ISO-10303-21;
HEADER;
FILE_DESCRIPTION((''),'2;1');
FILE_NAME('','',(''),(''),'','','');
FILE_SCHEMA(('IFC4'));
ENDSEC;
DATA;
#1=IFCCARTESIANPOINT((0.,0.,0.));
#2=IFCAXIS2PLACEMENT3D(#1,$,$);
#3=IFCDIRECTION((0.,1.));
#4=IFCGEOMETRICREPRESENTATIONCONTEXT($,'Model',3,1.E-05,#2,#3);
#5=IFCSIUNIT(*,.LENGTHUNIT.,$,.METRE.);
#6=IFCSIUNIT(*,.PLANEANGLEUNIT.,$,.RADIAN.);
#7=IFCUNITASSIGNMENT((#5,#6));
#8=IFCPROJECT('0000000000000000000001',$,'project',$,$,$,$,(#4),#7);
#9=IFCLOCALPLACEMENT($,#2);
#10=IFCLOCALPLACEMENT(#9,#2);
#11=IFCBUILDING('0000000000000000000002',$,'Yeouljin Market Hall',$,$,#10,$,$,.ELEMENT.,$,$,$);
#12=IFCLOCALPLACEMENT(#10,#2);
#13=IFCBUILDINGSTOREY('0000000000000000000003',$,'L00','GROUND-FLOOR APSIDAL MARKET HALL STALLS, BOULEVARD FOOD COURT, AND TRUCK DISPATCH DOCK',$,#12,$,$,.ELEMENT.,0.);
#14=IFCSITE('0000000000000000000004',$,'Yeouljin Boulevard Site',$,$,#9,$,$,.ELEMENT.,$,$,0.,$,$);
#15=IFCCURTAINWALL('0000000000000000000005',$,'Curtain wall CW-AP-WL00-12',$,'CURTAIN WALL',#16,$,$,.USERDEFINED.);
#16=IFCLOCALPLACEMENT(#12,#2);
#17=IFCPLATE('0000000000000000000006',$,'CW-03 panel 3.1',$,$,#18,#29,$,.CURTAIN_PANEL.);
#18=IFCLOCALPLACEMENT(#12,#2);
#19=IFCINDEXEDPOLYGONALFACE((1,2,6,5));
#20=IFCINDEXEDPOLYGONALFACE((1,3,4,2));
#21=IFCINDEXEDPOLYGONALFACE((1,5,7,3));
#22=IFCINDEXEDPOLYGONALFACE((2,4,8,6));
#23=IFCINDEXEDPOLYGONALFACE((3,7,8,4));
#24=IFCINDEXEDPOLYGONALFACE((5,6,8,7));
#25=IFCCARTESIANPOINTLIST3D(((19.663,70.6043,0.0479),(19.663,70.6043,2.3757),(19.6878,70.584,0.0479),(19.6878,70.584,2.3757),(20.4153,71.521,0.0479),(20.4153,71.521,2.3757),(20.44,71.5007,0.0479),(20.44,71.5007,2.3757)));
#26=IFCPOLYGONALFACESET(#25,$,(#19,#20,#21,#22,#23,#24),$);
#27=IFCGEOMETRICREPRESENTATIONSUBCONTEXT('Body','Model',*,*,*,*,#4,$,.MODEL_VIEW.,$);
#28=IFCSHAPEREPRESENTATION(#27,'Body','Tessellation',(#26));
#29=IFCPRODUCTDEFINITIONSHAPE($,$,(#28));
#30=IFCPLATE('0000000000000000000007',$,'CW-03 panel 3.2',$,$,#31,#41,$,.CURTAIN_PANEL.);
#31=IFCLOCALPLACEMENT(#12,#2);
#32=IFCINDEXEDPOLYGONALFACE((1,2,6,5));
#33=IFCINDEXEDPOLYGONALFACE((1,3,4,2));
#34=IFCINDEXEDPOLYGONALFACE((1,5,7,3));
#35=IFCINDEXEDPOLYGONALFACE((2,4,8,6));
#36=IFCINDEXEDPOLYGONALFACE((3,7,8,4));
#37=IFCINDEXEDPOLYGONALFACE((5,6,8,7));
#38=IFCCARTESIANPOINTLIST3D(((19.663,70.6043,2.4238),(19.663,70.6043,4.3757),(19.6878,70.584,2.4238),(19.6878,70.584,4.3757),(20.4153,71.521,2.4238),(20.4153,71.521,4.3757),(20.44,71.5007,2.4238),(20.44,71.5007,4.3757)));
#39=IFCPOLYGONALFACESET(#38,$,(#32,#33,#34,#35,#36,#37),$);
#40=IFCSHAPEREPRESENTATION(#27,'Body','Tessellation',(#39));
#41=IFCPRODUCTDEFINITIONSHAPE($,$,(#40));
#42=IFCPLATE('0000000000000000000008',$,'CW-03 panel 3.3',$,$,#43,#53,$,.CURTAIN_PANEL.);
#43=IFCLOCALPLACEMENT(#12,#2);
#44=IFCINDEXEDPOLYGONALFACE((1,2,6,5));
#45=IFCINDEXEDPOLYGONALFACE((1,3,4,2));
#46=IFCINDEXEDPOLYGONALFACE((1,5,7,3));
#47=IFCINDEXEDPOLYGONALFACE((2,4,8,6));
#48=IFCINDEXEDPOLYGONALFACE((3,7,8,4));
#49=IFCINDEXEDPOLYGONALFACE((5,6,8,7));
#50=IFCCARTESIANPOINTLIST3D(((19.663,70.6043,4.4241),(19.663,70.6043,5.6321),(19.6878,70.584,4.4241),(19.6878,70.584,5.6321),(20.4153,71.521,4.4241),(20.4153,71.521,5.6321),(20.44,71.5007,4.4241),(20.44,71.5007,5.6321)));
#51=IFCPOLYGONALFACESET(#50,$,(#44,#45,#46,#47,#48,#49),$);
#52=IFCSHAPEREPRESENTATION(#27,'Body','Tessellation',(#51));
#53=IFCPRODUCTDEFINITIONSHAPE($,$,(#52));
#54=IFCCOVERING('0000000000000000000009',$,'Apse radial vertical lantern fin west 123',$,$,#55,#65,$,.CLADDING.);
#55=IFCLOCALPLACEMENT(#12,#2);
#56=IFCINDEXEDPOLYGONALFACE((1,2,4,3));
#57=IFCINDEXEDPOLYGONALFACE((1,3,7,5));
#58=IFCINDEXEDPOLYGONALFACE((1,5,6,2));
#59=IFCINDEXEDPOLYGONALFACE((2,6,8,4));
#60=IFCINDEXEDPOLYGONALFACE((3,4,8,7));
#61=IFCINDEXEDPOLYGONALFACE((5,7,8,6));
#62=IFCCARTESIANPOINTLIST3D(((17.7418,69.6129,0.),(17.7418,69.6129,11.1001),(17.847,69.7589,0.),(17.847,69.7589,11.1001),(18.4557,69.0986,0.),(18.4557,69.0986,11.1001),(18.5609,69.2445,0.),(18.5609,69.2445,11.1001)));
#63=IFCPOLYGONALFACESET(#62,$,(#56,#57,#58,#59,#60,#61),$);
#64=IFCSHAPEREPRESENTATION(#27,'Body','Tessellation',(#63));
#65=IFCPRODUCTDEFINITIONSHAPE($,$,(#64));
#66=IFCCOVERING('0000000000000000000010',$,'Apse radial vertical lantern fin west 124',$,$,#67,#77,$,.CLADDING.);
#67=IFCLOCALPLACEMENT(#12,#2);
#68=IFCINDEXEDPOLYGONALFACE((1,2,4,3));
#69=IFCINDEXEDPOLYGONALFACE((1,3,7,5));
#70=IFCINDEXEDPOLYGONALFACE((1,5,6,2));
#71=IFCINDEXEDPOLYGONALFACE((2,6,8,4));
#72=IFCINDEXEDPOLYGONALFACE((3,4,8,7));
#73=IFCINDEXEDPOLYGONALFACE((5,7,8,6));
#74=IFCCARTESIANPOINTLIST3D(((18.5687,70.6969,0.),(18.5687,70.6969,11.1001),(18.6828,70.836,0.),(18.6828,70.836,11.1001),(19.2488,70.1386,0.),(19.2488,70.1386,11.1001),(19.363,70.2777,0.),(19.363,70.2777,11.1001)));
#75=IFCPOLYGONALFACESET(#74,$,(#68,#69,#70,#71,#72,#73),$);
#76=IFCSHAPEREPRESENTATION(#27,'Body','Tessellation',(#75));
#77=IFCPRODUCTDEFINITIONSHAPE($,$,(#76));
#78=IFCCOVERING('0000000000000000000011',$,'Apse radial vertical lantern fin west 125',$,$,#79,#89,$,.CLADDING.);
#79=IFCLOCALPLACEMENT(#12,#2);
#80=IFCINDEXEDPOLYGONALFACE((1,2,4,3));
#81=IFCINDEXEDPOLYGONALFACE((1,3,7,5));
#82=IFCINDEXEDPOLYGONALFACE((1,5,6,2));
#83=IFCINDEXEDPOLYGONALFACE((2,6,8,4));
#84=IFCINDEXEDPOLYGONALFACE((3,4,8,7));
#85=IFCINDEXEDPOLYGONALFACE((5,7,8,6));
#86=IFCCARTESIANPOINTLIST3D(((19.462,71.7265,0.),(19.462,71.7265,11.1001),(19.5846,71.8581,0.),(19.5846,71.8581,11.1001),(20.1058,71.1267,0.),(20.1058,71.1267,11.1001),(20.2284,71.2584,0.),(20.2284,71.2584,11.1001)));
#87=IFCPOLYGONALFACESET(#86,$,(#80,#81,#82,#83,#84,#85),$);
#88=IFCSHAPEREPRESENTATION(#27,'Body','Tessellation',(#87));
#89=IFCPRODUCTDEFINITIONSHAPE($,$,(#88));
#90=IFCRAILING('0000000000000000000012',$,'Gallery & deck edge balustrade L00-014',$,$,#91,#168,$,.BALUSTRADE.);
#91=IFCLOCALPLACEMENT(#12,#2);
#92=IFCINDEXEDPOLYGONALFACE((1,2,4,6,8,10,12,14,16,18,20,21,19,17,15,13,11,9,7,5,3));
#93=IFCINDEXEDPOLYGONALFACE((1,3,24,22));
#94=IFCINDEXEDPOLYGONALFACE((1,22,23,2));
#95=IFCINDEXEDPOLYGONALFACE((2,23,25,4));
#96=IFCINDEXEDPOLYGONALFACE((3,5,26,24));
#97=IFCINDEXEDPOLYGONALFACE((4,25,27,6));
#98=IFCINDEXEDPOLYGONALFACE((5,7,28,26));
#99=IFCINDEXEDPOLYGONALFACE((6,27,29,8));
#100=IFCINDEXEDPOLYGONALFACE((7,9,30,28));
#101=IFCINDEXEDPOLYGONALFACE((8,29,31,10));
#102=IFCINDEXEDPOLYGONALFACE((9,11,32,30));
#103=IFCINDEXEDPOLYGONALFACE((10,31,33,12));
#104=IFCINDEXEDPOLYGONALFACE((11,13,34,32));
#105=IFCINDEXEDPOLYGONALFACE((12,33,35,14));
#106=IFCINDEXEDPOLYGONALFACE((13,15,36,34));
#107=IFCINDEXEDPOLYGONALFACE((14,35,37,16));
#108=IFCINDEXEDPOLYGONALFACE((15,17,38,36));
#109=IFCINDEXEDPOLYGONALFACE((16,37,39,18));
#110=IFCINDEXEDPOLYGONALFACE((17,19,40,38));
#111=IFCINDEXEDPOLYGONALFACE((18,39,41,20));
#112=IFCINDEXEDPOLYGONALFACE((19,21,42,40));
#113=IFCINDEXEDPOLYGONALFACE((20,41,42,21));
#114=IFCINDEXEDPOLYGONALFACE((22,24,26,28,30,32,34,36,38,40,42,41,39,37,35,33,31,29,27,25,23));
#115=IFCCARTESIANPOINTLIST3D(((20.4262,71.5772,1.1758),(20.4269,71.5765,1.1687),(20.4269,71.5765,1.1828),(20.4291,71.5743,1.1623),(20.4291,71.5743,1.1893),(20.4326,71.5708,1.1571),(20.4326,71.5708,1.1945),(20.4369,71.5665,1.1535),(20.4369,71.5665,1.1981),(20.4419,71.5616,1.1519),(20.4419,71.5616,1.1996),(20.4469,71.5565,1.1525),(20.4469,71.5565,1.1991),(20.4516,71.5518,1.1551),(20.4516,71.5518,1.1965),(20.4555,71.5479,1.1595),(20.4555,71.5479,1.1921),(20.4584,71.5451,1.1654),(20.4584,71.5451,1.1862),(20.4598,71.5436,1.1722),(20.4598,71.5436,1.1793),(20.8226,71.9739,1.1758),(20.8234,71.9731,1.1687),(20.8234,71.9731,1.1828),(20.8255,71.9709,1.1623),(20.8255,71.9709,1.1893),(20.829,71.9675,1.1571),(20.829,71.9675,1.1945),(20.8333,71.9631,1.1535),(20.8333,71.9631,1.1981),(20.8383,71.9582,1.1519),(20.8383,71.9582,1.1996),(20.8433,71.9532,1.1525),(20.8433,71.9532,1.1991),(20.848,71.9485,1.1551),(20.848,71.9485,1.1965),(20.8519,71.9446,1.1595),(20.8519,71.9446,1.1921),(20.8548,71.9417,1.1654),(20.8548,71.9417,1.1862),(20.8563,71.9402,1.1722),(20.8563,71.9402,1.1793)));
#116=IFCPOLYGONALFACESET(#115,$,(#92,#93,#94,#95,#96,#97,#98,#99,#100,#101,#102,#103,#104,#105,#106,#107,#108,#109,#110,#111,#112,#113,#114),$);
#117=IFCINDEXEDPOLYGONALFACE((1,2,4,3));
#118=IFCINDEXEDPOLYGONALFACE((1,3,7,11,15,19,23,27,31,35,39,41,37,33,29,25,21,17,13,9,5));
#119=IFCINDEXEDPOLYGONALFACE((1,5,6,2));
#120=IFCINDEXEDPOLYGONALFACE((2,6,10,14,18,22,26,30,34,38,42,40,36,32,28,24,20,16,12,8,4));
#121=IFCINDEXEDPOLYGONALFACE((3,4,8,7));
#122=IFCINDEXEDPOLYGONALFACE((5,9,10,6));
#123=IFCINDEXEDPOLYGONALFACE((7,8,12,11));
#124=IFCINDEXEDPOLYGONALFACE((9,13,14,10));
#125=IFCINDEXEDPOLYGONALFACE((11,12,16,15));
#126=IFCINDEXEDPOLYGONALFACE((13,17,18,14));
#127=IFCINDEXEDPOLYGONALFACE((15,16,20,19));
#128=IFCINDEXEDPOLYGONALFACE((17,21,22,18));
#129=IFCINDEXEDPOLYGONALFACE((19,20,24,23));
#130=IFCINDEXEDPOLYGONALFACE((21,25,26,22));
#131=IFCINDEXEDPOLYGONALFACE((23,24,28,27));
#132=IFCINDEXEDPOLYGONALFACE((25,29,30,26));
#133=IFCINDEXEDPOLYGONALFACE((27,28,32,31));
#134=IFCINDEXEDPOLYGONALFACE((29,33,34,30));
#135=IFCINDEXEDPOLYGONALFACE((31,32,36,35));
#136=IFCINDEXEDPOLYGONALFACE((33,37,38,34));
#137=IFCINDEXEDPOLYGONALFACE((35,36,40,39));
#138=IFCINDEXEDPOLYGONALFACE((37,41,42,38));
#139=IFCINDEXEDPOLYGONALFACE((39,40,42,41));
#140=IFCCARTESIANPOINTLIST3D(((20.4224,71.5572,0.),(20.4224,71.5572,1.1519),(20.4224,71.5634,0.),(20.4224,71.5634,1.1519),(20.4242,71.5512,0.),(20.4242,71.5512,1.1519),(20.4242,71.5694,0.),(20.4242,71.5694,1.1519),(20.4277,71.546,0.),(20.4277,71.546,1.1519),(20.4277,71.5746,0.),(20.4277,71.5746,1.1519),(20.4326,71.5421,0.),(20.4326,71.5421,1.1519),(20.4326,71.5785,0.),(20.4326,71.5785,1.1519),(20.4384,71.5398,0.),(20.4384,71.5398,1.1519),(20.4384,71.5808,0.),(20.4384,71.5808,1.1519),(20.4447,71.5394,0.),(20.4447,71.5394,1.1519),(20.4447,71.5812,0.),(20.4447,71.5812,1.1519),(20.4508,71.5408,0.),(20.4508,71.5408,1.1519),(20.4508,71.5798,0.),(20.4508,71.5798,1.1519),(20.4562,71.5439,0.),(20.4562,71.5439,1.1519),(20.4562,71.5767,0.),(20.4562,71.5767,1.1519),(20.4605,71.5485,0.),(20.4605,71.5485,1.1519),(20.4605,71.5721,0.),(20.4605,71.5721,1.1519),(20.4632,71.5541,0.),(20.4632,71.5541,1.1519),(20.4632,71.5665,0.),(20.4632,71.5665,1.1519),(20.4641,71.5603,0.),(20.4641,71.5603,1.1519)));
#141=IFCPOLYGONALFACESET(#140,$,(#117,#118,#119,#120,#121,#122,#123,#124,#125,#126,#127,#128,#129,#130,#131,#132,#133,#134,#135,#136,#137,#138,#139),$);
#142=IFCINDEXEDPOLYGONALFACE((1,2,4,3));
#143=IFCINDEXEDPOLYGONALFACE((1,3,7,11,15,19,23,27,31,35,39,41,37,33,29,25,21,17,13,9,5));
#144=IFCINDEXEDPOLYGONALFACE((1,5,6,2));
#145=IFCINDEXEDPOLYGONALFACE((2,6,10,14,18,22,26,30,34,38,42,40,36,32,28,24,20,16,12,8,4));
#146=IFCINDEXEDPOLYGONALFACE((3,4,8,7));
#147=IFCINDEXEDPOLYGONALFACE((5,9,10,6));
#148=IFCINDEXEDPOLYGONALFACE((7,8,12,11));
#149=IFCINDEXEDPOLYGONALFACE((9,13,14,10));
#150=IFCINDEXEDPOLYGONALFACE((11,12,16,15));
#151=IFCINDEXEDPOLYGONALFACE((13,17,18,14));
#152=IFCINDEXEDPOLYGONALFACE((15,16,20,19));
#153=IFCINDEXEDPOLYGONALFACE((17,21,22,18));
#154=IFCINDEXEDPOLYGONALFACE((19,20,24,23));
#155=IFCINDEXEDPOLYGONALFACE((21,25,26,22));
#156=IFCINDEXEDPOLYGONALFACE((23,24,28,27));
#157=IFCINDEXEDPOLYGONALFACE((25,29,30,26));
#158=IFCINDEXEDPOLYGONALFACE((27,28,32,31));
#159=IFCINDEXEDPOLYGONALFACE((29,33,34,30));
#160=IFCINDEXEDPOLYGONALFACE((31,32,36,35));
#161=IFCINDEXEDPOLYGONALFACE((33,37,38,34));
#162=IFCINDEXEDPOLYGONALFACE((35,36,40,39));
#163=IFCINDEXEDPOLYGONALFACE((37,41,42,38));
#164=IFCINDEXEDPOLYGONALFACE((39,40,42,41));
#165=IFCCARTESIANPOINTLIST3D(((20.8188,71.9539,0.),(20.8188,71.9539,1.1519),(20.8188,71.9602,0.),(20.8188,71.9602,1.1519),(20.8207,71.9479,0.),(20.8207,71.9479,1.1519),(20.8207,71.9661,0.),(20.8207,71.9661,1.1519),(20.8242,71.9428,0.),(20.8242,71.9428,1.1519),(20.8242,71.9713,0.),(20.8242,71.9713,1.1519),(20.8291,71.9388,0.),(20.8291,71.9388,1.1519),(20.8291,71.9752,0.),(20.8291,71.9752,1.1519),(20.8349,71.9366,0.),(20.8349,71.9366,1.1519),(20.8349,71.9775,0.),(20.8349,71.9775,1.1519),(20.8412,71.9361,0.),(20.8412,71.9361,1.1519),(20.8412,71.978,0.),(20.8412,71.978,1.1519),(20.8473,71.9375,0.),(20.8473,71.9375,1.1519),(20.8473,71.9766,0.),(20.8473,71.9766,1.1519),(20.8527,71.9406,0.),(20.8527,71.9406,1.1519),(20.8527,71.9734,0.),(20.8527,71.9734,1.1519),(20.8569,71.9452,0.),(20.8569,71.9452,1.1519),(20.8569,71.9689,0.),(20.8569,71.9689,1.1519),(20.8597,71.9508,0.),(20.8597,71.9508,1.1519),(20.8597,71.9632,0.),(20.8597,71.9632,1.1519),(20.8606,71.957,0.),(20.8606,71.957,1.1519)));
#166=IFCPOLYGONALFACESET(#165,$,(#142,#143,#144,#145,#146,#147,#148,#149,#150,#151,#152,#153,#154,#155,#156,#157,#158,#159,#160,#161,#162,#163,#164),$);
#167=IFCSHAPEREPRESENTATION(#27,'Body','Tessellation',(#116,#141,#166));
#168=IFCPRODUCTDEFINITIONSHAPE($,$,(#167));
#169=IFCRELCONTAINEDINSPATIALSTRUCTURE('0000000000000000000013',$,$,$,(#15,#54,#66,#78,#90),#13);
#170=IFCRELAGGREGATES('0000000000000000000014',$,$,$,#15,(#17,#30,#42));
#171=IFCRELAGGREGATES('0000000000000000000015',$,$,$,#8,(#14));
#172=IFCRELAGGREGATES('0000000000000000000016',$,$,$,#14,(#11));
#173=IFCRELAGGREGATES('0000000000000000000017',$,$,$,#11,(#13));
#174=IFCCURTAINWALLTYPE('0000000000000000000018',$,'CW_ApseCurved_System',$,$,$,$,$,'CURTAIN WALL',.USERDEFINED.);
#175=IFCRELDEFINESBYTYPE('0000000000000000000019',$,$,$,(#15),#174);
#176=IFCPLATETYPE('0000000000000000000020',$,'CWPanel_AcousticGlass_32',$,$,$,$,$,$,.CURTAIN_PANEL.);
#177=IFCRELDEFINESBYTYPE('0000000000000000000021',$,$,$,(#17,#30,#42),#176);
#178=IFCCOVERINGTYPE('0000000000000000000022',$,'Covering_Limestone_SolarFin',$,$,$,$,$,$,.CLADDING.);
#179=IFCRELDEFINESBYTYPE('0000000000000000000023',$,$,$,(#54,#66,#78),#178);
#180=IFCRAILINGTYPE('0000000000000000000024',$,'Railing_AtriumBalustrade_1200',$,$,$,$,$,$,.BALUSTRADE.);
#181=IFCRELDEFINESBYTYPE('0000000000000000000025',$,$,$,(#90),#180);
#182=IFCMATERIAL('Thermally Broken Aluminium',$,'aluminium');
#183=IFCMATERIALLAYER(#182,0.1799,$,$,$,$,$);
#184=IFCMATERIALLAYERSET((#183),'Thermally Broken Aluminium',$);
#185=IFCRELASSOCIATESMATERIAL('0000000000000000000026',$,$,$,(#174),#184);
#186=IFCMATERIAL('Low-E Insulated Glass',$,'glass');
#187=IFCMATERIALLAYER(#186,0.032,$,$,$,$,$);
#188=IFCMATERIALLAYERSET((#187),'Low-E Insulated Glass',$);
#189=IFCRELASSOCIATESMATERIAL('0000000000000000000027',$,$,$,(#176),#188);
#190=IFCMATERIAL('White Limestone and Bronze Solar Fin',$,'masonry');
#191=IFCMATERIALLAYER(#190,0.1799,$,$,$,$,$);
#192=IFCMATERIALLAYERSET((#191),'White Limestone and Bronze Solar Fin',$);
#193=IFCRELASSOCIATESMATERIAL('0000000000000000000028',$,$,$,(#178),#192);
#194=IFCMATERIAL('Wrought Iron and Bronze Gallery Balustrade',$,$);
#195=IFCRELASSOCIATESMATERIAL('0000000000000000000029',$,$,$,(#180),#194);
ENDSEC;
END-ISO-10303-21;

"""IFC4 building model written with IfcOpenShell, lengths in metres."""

from ifc_helpers import new_model, si_unit, direction, frame, origin, origin_2d, place, context, subcontext, project, spatial, rectangle, circle, extrude, material, layer, layer_set, type_object, element, aggregate, save


model = new_model("IFC4")

# Units and contexts
model_context = context("Model", 3, precision=1e-05, world=origin(), true_north=direction((0.0, 1.0)))
body_context = subcontext(model_context, "Body", "Model", "MODEL_VIEW")
ifc_project = project(units=[si_unit("LENGTHUNIT", "METRE"), si_unit("PLANEANGLEUNIT", "RADIAN")], contexts=[model_context])

# Site, building, storey
site_placement = place(None, origin())
site = spatial("IfcSite", under=ifc_project, at=site_placement, Name="Yeouljin Boulevard Site", CompositionType="ELEMENT", RefElevation=0.0)
building_placement = place(site_placement, origin())
building = spatial("IfcBuilding", under=site, at=building_placement, Name="Yeouljin Market Hall", CompositionType="ELEMENT")
storey_placement = place(building_placement, origin())
storey = spatial("IfcBuildingStorey", under=building, at=storey_placement, Name="L00", Description="GROUND-FLOOR APSIDAL MARKET HALL STALLS, BOULEVARD FOOD COURT, AND TRUCK DISPATCH DOCK", CompositionType="ELEMENT", Elevation=0.0)

# Shared definitions
ifc_material_1 = material(Name="Thermally Broken Aluminium", Category="aluminium")
ifc_layer_1 = layer(ifc_material_1, 0.1799)
ifc_layer_set_1 = layer_set([ifc_layer_1], Name="Thermally Broken Aluminium")
curtain_wall_type = type_object("IfcCurtainWallType", Name="CW_ApseCurved_System", ElementType="CURTAIN WALL", PredefinedType="USERDEFINED", material=ifc_layer_set_1)

# Curtain wall
curtain_wall_1_placement = place(storey_placement, origin())
curtain_wall_1 = element("IfcCurtainWall", 1, at=curtain_wall_1_placement, inside=storey, type_object=curtain_wall_type, Name="Curtain wall CW-AP-WL00-12", ObjectType="CURTAIN WALL", PredefinedType="USERDEFINED")

# Plates
ifc_material_2 = material(Name="Low-E Insulated Glass", Category="glass")
ifc_layer_2 = layer(ifc_material_2, 0.032)
ifc_layer_set_2 = layer_set([ifc_layer_2], Name="Low-E Insulated Glass")
plate_type = type_object("IfcPlateType", Name="CWPanel_AcousticGlass_32", PredefinedType="CURTAIN_PANEL", material=ifc_layer_set_2)
plate_1_placement = place(storey_placement, frame((20.0515, 71.0525, 0.0479), z_axis=(0.0, 0.0, 1.0), x_axis=(0.634384, 0.773018, 0.0)))
plate_1 = element("IfcPlate", 2, at=plate_1_placement, type_object=plate_type, Name="CW-03 panel 3.1", PredefinedType="CURTAIN_PANEL", context=body_context, shape_type="SweptSolid", body=[
    extrude(rectangle(XDim=1.1858, YDim=0.032, at=origin_2d()), origin(), (0.0, 0.0, 1.0), 2.3279),
])
plate_2_placement = place(storey_placement, frame((20.0515, 71.0525, 2.4238), z_axis=(0.0, 0.0, 1.0), x_axis=(0.634384, 0.773018, 0.0)))
plate_2 = element("IfcPlate", 3, at=plate_2_placement, type_object=plate_type, Name="CW-03 panel 3.2", PredefinedType="CURTAIN_PANEL", context=body_context, shape_type="SweptSolid", body=[
    extrude(rectangle(XDim=1.1858, YDim=0.032, at=origin_2d()), origin(), (0.0, 0.0, 1.0), 1.9519),
])
plate_3_placement = place(storey_placement, frame((20.0515, 71.0525, 4.4241), z_axis=(0.0, 0.0, 1.0), x_axis=(0.634384, 0.773018, 0.0)))
plate_3 = element("IfcPlate", 4, at=plate_3_placement, type_object=plate_type, Name="CW-03 panel 3.3", PredefinedType="CURTAIN_PANEL", context=body_context, shape_type="SweptSolid", body=[
    extrude(rectangle(XDim=1.1858, YDim=0.032, at=origin_2d()), origin(), (0.0, 0.0, 1.0), 1.208),
])
aggregate(curtain_wall_1, [plate_1, plate_2, plate_3])

# Coverings
ifc_material_3 = material(Name="White Limestone and Bronze Solar Fin", Category="masonry")
ifc_layer_3 = layer(ifc_material_3, 0.1799)
ifc_layer_set_3 = layer_set([ifc_layer_3], Name="White Limestone and Bronze Solar Fin")
covering_type = type_object("IfcCoveringType", Name="Covering_Limestone_SolarFin", PredefinedType="CLADDING", material=ifc_layer_set_3)
for number, where, z_axis, x_axis, name in (
    (5, (18.1514, 69.4287, 0.0), (0.0, 0.0, 1.0), (-0.81137, 0.584533, 0.0), "Apse radial vertical lantern fin west 123"),
    (6, (18.9658, 70.4873, 0.0), (0.0, 0.0, 1.0), (-0.772955, 0.634461, 0.0), "Apse radial vertical lantern fin west 124"),
    (7, (19.8452, 71.4924, 0.0), (0.0, 0.0, 1.0), (-0.731711, 0.681615, 0.0), "Apse radial vertical lantern fin west 125"),
):
    element("IfcCovering", number, at=place(storey_placement, frame(where, z_axis=z_axis, x_axis=x_axis)), inside=storey, type_object=covering_type, Name=name, PredefinedType="CLADDING", context=body_context, shape_type="SweptSolid", body=[
        extrude(rectangle(XDim=0.8799, YDim=0.1799, at=origin_2d()), origin(), (0.0, 0.0, 1.0), 11.1001),
    ])

# Railing
ifc_material_4 = material(Name="Wrought Iron and Bronze Gallery Balustrade")
railing_type = type_object("IfcRailingType", Name="Railing_AtriumBalustrade_1200", PredefinedType="BALUSTRADE", material=ifc_material_4)
railing_placement = place(storey_placement, frame((20.4431, 71.5603, 0.0)))
element("IfcRailing", 8, at=railing_placement, inside=storey, type_object=railing_type, Name="Gallery & deck edge balustrade L00-014", PredefinedType="BALUSTRADE", context=body_context, shape_type="SweptSolid", body=[
    extrude(circle(Radius=0.0239, at=origin_2d()), frame((0.0, 0.0, 1.1758), z_axis=(0.706889, 0.707324, 0.0), x_axis=(-0.707324, 0.706889, 0.0)), (0.0, 0.0, 1.0), 0.5608),
    extrude(circle(Radius=0.021, at=origin_2d()), origin(), (0.0, 0.0, 1.0), 1.1519),
    extrude(circle(Radius=0.021, at=origin_2d()), frame((0.3965, 0.3967, 0.0)), (0.0, 0.0, 1.0), 1.1519),
])

save(model, "model.ifc")
